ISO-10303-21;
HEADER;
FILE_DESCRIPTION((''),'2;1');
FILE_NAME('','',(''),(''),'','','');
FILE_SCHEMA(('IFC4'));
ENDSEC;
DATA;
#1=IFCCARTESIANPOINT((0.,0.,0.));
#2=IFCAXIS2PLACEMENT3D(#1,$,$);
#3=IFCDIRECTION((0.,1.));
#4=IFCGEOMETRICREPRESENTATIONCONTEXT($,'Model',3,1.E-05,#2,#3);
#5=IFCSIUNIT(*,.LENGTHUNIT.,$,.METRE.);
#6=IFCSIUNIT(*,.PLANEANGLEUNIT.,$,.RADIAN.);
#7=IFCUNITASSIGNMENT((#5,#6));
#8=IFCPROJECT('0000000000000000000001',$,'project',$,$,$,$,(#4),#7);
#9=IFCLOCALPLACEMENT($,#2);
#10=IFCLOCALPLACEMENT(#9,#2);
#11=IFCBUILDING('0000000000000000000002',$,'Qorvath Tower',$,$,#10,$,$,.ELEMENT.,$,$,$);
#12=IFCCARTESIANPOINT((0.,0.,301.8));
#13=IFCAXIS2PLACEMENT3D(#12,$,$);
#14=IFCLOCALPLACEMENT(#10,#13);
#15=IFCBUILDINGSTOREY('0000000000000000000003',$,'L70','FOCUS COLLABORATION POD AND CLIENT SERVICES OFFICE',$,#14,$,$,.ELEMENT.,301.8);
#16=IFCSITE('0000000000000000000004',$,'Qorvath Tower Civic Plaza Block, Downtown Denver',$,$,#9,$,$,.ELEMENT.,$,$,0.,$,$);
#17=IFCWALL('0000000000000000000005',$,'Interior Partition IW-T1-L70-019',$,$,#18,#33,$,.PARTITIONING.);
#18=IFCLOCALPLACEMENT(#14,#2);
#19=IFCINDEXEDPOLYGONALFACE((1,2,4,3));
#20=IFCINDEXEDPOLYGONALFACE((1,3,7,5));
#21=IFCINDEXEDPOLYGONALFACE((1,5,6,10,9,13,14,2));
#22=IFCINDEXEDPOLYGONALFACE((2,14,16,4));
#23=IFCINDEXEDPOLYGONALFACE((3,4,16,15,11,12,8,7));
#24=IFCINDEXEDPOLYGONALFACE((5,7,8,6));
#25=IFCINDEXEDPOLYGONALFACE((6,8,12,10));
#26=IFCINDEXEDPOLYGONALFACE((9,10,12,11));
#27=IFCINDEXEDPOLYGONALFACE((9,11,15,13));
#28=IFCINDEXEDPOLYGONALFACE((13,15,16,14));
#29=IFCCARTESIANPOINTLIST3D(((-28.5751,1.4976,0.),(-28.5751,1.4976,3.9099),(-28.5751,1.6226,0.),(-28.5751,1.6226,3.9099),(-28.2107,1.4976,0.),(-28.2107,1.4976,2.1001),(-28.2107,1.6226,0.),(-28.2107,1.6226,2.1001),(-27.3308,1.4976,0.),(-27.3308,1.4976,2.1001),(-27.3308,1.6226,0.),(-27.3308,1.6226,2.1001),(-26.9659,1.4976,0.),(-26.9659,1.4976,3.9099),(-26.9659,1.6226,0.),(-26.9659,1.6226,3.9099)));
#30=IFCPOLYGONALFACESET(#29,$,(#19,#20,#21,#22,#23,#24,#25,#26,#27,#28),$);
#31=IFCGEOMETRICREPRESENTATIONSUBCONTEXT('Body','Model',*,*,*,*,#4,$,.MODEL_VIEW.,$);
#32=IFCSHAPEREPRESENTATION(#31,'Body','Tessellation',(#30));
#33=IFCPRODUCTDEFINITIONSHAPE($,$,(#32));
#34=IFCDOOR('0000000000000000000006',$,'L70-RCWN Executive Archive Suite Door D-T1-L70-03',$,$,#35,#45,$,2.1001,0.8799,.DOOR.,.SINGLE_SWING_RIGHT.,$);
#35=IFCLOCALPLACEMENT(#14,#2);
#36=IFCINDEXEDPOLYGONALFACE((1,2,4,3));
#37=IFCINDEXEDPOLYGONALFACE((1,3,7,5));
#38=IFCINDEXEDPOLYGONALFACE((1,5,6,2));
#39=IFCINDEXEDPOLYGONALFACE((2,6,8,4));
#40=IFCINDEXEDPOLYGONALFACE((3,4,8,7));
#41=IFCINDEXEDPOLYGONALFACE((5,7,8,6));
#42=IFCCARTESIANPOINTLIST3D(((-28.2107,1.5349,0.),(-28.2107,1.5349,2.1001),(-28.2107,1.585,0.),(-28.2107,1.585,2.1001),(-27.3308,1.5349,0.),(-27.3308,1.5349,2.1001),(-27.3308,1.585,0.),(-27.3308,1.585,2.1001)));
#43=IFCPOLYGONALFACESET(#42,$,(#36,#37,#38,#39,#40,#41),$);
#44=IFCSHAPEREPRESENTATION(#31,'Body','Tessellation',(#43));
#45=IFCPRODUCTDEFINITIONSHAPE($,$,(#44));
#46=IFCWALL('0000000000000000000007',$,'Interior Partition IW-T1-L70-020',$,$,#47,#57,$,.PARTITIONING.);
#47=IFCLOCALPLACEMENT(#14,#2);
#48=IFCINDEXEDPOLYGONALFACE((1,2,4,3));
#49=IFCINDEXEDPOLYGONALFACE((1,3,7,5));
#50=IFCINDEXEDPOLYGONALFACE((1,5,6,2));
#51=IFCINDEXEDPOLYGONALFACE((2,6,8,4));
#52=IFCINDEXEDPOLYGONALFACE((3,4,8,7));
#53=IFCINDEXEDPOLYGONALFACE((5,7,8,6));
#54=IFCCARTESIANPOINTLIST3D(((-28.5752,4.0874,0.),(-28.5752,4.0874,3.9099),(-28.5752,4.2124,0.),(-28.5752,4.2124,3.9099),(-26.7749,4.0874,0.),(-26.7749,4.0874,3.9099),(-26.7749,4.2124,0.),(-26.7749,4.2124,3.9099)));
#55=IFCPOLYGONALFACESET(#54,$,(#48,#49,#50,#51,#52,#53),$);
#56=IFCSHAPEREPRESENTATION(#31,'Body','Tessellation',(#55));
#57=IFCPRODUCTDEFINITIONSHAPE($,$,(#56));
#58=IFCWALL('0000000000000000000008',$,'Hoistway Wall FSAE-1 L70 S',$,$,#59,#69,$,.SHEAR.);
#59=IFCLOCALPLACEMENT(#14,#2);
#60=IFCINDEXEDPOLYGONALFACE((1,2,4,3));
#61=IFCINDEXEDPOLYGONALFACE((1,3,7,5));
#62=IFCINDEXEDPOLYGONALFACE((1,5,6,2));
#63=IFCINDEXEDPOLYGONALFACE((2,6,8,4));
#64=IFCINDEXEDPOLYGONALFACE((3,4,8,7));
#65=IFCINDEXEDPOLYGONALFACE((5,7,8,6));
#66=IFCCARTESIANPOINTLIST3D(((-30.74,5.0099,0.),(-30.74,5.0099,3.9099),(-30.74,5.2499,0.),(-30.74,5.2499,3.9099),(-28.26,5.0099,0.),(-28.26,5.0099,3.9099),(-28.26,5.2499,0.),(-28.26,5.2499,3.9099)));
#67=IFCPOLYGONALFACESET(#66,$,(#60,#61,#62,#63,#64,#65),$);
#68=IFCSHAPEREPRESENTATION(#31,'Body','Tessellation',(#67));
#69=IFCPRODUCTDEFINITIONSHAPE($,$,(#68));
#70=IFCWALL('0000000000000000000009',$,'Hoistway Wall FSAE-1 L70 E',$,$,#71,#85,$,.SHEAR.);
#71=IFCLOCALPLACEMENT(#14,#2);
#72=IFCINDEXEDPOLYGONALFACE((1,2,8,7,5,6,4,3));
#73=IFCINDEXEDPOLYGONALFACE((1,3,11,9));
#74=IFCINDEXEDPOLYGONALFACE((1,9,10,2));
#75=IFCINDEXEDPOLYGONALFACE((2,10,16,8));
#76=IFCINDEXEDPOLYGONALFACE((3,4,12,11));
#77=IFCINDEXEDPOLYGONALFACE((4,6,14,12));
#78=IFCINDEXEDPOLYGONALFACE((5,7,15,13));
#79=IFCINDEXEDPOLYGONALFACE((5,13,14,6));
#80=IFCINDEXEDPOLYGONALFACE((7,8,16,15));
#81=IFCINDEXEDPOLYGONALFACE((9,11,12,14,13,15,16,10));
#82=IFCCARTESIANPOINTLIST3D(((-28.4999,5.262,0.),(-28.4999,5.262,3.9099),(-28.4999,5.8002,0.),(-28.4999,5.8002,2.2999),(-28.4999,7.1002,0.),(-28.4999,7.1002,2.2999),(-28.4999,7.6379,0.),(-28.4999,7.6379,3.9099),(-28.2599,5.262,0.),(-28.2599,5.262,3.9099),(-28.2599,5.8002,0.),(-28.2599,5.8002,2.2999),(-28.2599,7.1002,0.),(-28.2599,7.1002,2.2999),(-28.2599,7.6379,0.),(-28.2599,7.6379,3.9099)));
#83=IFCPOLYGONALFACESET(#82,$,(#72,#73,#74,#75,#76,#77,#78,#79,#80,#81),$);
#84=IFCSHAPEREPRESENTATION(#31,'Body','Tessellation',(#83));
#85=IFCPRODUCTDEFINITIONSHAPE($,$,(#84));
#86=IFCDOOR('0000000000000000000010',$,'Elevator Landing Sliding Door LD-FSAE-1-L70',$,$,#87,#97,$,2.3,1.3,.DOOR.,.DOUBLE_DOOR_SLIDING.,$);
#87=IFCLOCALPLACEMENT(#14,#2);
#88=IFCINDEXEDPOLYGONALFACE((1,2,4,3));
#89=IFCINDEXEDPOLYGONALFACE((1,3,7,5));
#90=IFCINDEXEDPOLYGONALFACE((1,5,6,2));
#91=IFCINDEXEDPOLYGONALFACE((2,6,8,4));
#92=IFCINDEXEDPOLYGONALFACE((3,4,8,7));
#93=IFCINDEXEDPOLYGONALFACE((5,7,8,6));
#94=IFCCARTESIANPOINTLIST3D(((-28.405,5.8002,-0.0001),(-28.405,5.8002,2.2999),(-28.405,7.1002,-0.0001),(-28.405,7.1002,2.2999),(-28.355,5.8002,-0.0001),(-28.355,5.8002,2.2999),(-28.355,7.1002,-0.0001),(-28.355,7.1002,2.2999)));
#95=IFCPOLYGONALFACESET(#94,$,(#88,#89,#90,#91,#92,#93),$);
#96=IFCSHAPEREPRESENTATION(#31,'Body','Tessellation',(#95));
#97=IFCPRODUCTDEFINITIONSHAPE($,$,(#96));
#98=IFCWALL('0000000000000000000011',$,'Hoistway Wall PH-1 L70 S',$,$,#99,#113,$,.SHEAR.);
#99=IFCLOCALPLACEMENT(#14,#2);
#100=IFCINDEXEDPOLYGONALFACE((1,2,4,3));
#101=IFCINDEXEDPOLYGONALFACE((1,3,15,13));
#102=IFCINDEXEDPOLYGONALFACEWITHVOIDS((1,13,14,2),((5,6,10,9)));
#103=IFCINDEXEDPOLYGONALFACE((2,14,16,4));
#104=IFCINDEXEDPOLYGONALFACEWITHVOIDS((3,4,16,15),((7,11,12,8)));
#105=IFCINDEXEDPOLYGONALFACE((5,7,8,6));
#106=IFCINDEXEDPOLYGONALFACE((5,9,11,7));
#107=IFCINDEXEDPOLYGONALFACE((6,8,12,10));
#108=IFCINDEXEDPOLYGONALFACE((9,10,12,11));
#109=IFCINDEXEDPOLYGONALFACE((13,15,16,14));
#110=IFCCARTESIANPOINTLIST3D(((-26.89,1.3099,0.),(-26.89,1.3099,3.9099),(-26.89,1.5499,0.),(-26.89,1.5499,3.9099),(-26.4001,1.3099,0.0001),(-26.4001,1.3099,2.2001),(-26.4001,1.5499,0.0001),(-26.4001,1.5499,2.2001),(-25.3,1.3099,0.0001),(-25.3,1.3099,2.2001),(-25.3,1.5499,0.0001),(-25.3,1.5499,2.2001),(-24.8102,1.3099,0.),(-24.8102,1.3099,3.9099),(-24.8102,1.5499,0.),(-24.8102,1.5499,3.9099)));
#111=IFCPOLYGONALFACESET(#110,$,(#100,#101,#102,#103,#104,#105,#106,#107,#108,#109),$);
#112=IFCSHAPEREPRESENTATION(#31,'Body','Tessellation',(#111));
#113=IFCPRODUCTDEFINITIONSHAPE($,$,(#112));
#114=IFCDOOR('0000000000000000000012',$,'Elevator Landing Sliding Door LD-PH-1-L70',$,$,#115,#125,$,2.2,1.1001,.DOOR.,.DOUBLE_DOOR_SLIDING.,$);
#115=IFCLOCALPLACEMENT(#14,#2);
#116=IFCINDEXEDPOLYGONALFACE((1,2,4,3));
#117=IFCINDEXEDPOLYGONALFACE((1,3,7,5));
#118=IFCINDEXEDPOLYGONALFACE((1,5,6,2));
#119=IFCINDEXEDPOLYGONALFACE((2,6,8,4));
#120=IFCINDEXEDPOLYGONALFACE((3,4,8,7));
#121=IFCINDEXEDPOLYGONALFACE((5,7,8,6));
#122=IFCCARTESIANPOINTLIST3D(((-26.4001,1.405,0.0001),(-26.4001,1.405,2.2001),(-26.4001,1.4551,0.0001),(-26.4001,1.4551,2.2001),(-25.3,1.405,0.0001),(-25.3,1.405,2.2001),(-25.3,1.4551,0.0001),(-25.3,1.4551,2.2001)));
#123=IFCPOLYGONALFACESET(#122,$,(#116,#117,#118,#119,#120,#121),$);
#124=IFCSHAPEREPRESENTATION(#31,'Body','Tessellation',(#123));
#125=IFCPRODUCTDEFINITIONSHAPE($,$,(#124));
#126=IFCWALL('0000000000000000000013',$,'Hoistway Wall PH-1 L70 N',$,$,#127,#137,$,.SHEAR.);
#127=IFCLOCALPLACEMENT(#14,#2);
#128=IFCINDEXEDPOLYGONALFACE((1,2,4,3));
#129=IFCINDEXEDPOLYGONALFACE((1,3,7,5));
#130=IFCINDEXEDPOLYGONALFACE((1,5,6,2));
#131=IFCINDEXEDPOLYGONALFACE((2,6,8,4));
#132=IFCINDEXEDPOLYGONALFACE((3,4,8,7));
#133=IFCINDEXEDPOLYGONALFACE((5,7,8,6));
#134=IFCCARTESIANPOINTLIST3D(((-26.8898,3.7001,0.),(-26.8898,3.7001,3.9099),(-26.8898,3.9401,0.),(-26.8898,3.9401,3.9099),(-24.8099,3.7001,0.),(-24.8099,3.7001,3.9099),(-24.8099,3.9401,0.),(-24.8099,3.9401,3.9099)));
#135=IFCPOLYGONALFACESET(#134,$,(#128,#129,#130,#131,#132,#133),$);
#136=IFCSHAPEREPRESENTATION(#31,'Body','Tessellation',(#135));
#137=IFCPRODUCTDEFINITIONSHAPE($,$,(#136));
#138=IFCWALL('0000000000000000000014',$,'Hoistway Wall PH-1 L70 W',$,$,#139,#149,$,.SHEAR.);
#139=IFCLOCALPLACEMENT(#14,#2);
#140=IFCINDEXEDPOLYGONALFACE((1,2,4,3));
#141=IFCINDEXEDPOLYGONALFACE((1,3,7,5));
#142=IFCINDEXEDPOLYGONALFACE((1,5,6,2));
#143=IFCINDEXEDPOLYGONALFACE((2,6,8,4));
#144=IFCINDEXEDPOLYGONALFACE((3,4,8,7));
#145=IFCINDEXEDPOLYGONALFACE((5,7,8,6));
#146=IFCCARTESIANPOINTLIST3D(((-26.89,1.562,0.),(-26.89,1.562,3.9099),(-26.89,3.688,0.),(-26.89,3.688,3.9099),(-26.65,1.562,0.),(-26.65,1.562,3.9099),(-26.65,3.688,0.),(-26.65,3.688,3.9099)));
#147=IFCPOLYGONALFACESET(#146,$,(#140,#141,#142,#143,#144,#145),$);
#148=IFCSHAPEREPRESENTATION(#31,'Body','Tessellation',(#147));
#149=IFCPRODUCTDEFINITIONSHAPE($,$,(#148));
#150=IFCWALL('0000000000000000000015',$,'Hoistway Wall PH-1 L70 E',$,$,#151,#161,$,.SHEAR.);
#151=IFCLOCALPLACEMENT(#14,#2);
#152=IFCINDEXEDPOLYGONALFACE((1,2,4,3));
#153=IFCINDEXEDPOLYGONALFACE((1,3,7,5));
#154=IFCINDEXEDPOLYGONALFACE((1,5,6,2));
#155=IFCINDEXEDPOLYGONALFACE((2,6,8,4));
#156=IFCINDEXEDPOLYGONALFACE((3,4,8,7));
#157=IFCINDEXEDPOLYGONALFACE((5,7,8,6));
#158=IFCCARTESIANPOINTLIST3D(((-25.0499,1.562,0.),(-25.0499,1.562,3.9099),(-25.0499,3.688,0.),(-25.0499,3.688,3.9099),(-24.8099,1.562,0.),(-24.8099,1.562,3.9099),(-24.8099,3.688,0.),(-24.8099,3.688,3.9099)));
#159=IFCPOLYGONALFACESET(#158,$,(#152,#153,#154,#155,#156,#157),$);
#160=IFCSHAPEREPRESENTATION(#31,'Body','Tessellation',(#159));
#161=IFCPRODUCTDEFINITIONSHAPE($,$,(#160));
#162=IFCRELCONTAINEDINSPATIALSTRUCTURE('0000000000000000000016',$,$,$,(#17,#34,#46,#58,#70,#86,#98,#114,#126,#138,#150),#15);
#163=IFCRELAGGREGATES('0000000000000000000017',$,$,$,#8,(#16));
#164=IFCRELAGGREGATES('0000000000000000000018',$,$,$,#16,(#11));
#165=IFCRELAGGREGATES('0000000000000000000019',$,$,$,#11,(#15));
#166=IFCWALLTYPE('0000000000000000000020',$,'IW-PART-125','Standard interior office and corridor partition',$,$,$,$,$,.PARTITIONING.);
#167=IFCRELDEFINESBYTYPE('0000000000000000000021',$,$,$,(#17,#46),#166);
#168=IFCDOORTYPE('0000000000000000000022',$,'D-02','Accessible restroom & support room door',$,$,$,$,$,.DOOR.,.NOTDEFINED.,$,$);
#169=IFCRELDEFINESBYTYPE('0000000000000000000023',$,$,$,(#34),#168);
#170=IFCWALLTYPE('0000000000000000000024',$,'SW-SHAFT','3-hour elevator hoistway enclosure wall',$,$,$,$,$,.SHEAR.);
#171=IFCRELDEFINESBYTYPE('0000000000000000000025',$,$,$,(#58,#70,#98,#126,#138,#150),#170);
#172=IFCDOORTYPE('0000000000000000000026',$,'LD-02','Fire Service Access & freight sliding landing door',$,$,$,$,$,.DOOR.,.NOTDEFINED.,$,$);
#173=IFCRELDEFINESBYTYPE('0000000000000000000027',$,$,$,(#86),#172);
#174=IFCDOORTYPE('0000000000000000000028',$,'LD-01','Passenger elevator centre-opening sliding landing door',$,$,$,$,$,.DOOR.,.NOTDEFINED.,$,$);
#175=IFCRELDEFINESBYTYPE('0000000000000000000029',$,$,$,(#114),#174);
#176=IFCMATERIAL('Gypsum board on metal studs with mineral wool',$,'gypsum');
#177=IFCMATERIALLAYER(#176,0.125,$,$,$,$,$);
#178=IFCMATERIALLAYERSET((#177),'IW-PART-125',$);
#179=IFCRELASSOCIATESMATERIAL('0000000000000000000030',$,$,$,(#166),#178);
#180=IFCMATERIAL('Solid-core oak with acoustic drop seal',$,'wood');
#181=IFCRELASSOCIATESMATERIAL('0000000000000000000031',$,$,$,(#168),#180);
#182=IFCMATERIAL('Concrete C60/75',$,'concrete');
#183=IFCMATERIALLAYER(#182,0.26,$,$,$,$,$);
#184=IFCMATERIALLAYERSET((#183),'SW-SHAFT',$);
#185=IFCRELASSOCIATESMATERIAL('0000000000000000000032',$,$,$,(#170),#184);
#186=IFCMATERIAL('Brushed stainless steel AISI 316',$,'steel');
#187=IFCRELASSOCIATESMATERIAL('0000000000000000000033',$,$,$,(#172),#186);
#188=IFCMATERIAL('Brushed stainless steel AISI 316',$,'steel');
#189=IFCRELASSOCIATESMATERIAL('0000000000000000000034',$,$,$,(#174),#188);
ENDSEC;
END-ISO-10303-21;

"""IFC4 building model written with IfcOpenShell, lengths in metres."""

from ifc_helpers import new_model, si_unit, direction, frame, frame_2d, origin, place, context, subcontext, project, spatial, rectangle, extrude, material, layer, layer_set, type_object, element, fill, save


model = new_model("IFC4")

# Units and contexts
model_context = context("Model", 3, precision=1e-05, world=origin(), true_north=direction((0.0, 1.0)))
body_context = subcontext(model_context, "Body", "Model", "MODEL_VIEW")
ifc_project = project(units=[si_unit("LENGTHUNIT", "METRE"), si_unit("PLANEANGLEUNIT", "RADIAN")], contexts=[model_context])

# Site, building, storey
site_placement = place(None, origin())
site = spatial("IfcSite", under=ifc_project, at=site_placement, Name="Qorvath Tower Civic Plaza Block, Downtown Denver", CompositionType="ELEMENT", RefElevation=0.0)
building_placement = place(site_placement, origin())
building = spatial("IfcBuilding", under=site, at=building_placement, Name="Qorvath Tower", CompositionType="ELEMENT")
storey_placement = place(building_placement, frame((0.0, 0.0, 301.8)))
storey = spatial("IfcBuildingStorey", under=building, at=storey_placement, Name="L70", Description="FOCUS COLLABORATION POD AND CLIENT SERVICES OFFICE", CompositionType="ELEMENT", Elevation=301.8)

# Shared definitions
ifc_material_1 = material(Name="Gypsum board on metal studs with mineral wool", Category="gypsum")
ifc_layer_1 = layer(ifc_material_1, 0.125)
ifc_layer_set_1 = layer_set([ifc_layer_1], Name="IW-PART-125")
wall_type_1 = type_object("IfcWallType", Name="IW-PART-125", Description="Standard interior office and corridor partition", PredefinedType="PARTITIONING", material=ifc_layer_set_1)

# Wall, opening, door
wall_1_placement = place(storey_placement, frame((-28.5752, 1.5601, 0.0), z_axis=(0.0, 0.0, 1.0), x_axis=(1.0, 0.0, 0.0)))
wall_1 = element("IfcWall", 1, at=wall_1_placement, inside=storey, type_object=wall_type_1, Name="Interior Partition IW-T1-L70-019", PredefinedType="PARTITIONING", context=body_context, shape_type="SweptSolid", body=[
    extrude(rectangle(XDim=1.6091, YDim=0.125, at=frame_2d((0.8047, 0.0))), origin(), (0.0, 0.0, 1.0), 3.9099),
])
opening_1_placement = place(wall_1_placement, frame((0.3645, 0.0, 0.0)))
opening_1 = element("IfcOpeningElement", 2, at=opening_1_placement, cuts=wall_1, PredefinedType="OPENING", context=body_context, shape_type="SweptSolid", body=[
    extrude(rectangle(XDim=0.8799, YDim=2.1001, at=frame_2d((0.4399, 1.05))), frame((0.0, 0.0725, 0.0), z_axis=(0.0, -1.0, 0.0), x_axis=(1.0, 0.0, 0.0)), (0.0, 0.0, 1.0), 0.145),
])
ifc_material_2 = material(Name="Solid-core oak with acoustic drop seal", Category="wood")
door_type_1 = type_object("IfcDoorType", Name="D-02", Description="Accessible restroom & support room door", OperationType="NOTDEFINED", PredefinedType="DOOR", material=ifc_material_2)
door_1_placement = place(opening_1_placement, origin())
door_1 = element("IfcDoor", 3, at=door_1_placement, inside=storey, type_object=door_type_1, Name="L70-RCWN Executive Archive Suite Door D-T1-L70-03", OperationType="SINGLE_SWING_RIGHT", OverallHeight=2.1001, OverallWidth=0.8799, PredefinedType="DOOR", context=body_context, shape_type="SweptSolid", body=[
    extrude(rectangle(XDim=0.8799, YDim=2.1001, at=frame_2d((0.4399, 1.05))), frame((0.0, 0.0249, 0.0), z_axis=(0.0, -1.0, 0.0), x_axis=(1.0, 0.0, 0.0)), (0.0, 0.0, 1.0), 0.05),
])
fill(opening_1, door_1)

# Walls
wall_2_placement = place(storey_placement, frame((-26.7749, 4.1499, 0.0), z_axis=(0.0, 0.0, 1.0), x_axis=(-1.0, 0.0, 0.0)))
element("IfcWall", 4, at=wall_2_placement, inside=storey, type_object=wall_type_1, Name="Interior Partition IW-T1-L70-020", PredefinedType="PARTITIONING", context=body_context, shape_type="SweptSolid", body=[
    extrude(rectangle(XDim=1.8003, YDim=0.125, at=frame_2d((0.9001, 0.0))), origin(), (0.0, 0.0, 1.0), 3.9099),
])
ifc_material_3 = material(Name="Concrete C60/75", Category="concrete")
ifc_layer_2 = layer(ifc_material_3, 0.26)
ifc_layer_set_2 = layer_set([ifc_layer_2], Name="SW-SHAFT")
wall_type_2 = type_object("IfcWallType", Name="SW-SHAFT", Description="3-hour elevator hoistway enclosure wall", PredefinedType="SHEAR", material=ifc_layer_set_2)
wall_3_placement = place(storey_placement, frame((-28.26, 5.1299, 0.0), z_axis=(0.0, 0.0, 1.0), x_axis=(-1.0, 0.0, 0.0)))
element("IfcWall", 5, at=wall_3_placement, inside=storey, type_object=wall_type_2, Name="Hoistway Wall FSAE-1 L70 S", PredefinedType="SHEAR", context=body_context, shape_type="SweptSolid", body=[
    extrude(rectangle(XDim=2.48, YDim=0.24, at=frame_2d((1.24, 0.0))), origin(), (0.0, 0.0, 1.0), 3.9099),
])

# Walls, openings, doors
wall_4_placement = place(storey_placement, frame((-28.3799, 7.6379, 0.0), z_axis=(0.0, 0.0, 1.0), x_axis=(0.0, -1.0, 0.0)))
wall_4 = element("IfcWall", 6, at=wall_4_placement, inside=storey, type_object=wall_type_2, Name="Hoistway Wall FSAE-1 L70 E", PredefinedType="SHEAR", context=body_context, shape_type="SweptSolid", body=[
    extrude(rectangle(XDim=2.376, YDim=0.24, at=frame_2d((1.188, 0.0))), origin(), (0.0, 0.0, 1.0), 3.9099),
])
opening_2_placement = place(wall_4_placement, frame((0.5378, 0.0, 0.0)))
opening_2 = element("IfcOpeningElement", 7, at=opening_2_placement, cuts=wall_4, PredefinedType="OPENING", context=body_context, shape_type="SweptSolid", body=[
    extrude(rectangle(XDim=1.3, YDim=2.3, at=frame_2d((0.6499, 1.1499))), frame((0.0, 0.1299, 0.0), z_axis=(0.0, -1.0, 0.0), x_axis=(1.0, 0.0, 0.0)), (0.0, 0.0, 1.0), 0.26),
])
ifc_material_4 = material(Name="Brushed stainless steel AISI 316", Category="steel")
door_type_2 = type_object("IfcDoorType", Name="LD-02", Description="Fire Service Access & freight sliding landing door", OperationType="NOTDEFINED", PredefinedType="DOOR", material=ifc_material_4)
door_2_placement = place(opening_2_placement, origin())
door_2 = element("IfcDoor", 8, at=door_2_placement, inside=storey, type_object=door_type_2, Name="Elevator Landing Sliding Door LD-FSAE-1-L70", OperationType="DOUBLE_DOOR_SLIDING", OverallHeight=2.3, OverallWidth=1.3, PredefinedType="DOOR", context=body_context, shape_type="SweptSolid", body=[
    extrude(rectangle(XDim=1.3, YDim=2.3, at=frame_2d((0.6499, 1.1499))), frame((0.0, 0.0249, 0.0), z_axis=(0.0, -1.0, 0.0), x_axis=(1.0, 0.0, 0.0)), (0.0, 0.0, 1.0), 0.05),
])
fill(opening_2, door_2)
wall_5_placement = place(storey_placement, frame((-24.8101, 1.4299, 0.0), z_axis=(0.0, 0.0, 1.0), x_axis=(-1.0, 0.0, 0.0)))
wall_5 = element("IfcWall", 9, at=wall_5_placement, inside=storey, type_object=wall_type_2, Name="Hoistway Wall PH-1 L70 S", PredefinedType="SHEAR", context=body_context, shape_type="SweptSolid", body=[
    extrude(rectangle(XDim=2.0798, YDim=0.24, at=frame_2d((1.04, 0.0))), origin(), (0.0, 0.0, 1.0), 3.9099),
])
opening_3_placement = place(wall_5_placement, frame((0.49, 0.0, 0.0)))
opening_3 = element("IfcOpeningElement", 10, at=opening_3_placement, cuts=wall_5, PredefinedType="OPENING", context=body_context, shape_type="SweptSolid", body=[
    extrude(rectangle(XDim=1.1001, YDim=2.2, at=frame_2d((0.55, 1.1001))), frame((0.0, 0.1299, 0.0), z_axis=(0.0, -1.0, 0.0), x_axis=(1.0, 0.0, 0.0)), (0.0, 0.0, 1.0), 0.26),
])
ifc_material_5 = material(Name="Brushed stainless steel AISI 316", Category="steel")
door_type_3 = type_object("IfcDoorType", Name="LD-01", Description="Passenger elevator centre-opening sliding landing door", OperationType="NOTDEFINED", PredefinedType="DOOR", material=ifc_material_5)
door_3_placement = place(opening_3_placement, origin())
door_3 = element("IfcDoor", 11, at=door_3_placement, inside=storey, type_object=door_type_3, Name="Elevator Landing Sliding Door LD-PH-1-L70", OperationType="DOUBLE_DOOR_SLIDING", OverallHeight=2.2, OverallWidth=1.1001, PredefinedType="DOOR", context=body_context, shape_type="SweptSolid", body=[
    extrude(rectangle(XDim=1.1001, YDim=2.2, at=frame_2d((0.55, 1.1001))), frame((0.0, 0.0249, 0.0), z_axis=(0.0, -1.0, 0.0), x_axis=(1.0, 0.0, 0.0)), (0.0, 0.0, 1.0), 0.05),
])
fill(opening_3, door_3)

# Walls
wall_6_placement = place(storey_placement, frame((-26.8899, 3.8201, 0.0), z_axis=(0.0, 0.0, 1.0), x_axis=(1.0, 0.0, 0.0)))
element("IfcWall", 12, at=wall_6_placement, inside=storey, type_object=wall_type_2, Name="Hoistway Wall PH-1 L70 N", PredefinedType="SHEAR", context=body_context, shape_type="SweptSolid", body=[
    extrude(rectangle(XDim=2.0798, YDim=0.24, at=frame_2d((1.04, 0.0))), origin(), (0.0, 0.0, 1.0), 3.9099),
])
for number, where, z_axis, x_axis, name in (
    (13, (-26.77, 1.562, 0.0), (0.0, 0.0, 1.0), (0.0, 1.0, 0.0), "Hoistway Wall PH-1 L70 W"),
    (14, (-24.9299, 3.688, 0.0), (0.0, 0.0, 1.0), (0.0, -1.0, 0.0), "Hoistway Wall PH-1 L70 E"),
):
    element("IfcWall", number, at=place(storey_placement, frame(where, z_axis=z_axis, x_axis=x_axis)), inside=storey, type_object=wall_type_2, Name=name, PredefinedType="SHEAR", context=body_context, shape_type="SweptSolid", body=[
        extrude(rectangle(XDim=2.126, YDim=0.24, at=frame_2d((1.063, 0.0))), origin(), (0.0, 0.0, 1.0), 3.9099),
    ])

save(model, "model.ifc")
